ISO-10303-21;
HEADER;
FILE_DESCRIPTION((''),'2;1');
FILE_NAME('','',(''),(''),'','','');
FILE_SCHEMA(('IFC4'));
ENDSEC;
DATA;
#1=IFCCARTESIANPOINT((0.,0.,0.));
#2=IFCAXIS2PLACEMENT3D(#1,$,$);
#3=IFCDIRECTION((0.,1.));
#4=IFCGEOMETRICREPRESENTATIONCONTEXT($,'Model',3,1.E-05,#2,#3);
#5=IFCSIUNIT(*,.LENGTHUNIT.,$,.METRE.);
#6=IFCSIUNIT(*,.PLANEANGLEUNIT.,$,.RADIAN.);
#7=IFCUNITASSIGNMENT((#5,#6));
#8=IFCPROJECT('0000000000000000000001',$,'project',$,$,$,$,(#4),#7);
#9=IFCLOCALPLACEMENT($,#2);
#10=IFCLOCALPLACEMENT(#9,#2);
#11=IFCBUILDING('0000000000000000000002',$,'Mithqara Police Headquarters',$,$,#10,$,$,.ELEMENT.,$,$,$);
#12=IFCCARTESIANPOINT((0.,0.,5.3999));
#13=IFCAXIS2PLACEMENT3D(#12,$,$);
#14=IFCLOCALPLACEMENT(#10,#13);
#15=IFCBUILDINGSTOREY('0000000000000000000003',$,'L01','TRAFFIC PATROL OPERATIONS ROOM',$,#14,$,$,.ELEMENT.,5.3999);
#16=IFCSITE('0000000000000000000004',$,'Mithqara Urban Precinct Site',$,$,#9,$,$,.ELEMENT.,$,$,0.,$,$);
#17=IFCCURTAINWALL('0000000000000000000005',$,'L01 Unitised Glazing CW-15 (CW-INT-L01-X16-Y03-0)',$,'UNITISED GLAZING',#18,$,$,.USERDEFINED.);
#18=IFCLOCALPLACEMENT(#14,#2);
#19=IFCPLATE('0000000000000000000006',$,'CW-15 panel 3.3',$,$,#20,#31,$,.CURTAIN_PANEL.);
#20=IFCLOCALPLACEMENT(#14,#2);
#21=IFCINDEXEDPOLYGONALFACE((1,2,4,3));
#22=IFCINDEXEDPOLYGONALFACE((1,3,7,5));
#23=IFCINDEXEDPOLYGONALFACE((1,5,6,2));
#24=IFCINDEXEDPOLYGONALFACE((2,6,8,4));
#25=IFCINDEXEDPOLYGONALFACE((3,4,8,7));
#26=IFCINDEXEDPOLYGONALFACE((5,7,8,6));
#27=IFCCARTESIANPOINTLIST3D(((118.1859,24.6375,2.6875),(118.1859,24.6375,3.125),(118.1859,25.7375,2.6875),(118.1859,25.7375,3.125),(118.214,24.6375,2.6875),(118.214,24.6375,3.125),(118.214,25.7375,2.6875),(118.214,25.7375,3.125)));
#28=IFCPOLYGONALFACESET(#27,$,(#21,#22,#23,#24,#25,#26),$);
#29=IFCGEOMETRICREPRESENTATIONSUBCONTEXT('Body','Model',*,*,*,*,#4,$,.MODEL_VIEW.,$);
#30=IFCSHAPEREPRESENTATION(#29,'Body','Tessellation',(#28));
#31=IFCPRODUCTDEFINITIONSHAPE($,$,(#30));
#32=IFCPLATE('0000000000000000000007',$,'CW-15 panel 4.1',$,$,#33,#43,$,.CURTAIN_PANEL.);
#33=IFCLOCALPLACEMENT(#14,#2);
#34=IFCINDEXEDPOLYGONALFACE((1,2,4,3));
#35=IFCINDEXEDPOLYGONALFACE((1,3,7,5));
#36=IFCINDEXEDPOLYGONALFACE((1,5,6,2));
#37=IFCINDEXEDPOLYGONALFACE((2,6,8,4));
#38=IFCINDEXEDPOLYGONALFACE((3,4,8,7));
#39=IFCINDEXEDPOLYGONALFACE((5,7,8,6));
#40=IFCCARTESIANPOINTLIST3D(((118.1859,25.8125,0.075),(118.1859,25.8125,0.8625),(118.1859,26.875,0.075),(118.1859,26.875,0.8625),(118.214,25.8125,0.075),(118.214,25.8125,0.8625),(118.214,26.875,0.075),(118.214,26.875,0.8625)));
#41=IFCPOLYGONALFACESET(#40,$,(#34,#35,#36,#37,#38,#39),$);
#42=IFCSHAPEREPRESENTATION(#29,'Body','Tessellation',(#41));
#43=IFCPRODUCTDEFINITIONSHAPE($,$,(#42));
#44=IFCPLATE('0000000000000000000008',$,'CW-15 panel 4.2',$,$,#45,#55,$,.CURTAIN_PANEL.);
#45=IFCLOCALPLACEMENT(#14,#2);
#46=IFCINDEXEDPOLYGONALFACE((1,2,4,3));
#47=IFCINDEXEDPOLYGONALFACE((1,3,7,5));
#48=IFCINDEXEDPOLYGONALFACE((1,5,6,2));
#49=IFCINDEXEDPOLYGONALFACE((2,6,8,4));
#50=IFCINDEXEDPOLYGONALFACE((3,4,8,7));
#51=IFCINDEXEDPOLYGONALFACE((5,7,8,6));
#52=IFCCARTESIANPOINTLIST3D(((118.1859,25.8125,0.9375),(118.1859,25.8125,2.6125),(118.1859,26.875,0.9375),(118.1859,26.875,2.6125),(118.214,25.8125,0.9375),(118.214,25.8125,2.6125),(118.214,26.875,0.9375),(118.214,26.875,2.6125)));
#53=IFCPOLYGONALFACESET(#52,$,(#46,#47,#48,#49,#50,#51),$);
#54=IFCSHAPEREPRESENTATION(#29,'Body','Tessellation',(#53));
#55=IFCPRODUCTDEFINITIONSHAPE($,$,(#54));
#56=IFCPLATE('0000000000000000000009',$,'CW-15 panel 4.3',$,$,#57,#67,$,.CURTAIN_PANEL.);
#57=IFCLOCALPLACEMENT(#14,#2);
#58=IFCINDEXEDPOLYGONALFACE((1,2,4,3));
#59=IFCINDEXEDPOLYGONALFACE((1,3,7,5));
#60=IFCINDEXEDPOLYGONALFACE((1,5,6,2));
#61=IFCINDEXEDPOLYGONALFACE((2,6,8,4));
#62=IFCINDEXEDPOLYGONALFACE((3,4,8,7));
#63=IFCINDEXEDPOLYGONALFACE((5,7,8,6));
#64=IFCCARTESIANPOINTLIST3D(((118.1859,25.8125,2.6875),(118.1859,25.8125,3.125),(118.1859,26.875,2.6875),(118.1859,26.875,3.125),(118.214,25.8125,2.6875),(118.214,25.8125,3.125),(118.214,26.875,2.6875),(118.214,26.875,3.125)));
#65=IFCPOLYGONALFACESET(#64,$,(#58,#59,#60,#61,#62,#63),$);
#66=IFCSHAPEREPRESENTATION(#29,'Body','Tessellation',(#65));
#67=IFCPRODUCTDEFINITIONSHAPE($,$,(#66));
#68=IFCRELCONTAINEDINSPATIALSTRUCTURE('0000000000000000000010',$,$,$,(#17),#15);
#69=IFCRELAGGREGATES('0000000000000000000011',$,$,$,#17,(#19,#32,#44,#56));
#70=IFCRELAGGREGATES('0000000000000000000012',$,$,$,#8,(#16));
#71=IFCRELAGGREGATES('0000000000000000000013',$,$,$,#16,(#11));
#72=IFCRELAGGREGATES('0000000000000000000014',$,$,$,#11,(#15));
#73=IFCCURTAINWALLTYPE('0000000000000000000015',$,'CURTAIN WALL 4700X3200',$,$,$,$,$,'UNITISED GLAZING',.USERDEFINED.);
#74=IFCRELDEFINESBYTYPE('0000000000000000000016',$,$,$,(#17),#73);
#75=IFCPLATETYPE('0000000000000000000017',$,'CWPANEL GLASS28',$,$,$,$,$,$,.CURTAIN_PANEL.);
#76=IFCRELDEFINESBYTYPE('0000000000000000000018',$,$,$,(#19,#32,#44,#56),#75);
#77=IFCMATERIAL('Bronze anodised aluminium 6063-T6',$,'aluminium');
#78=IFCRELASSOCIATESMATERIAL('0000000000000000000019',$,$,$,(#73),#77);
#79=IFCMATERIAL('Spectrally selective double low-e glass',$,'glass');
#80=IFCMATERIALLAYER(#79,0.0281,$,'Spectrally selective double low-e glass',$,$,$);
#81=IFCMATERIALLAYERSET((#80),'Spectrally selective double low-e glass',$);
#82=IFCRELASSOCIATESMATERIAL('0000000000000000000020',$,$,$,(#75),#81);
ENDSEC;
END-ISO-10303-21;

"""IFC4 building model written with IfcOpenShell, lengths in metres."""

from ifc_helpers import new_model, si_unit, direction, frame, origin, origin_2d, place, context, subcontext, project, spatial, rectangle, extrude, material, layer, layer_set, type_object, element, aggregate, save


model = new_model("IFC4")

# Units and contexts
model_context = context("Model", 3, precision=1e-05, world=origin(), true_north=direction((0.0, 1.0)))
body_context = subcontext(model_context, "Body", "Model", "MODEL_VIEW")
ifc_project = project(units=[si_unit("LENGTHUNIT", "METRE"), si_unit("PLANEANGLEUNIT", "RADIAN")], contexts=[model_context])

# Site, building, storey
site_placement = place(None, origin())
site = spatial("IfcSite", under=ifc_project, at=site_placement, Name="Mithqara Urban Precinct Site", CompositionType="ELEMENT", RefElevation=0.0)
building_placement = place(site_placement, origin())
building = spatial("IfcBuilding", under=site, at=building_placement, Name="Mithqara Police Headquarters", CompositionType="ELEMENT")
storey_placement = place(building_placement, frame((0.0, 0.0, 5.3999)))
storey = spatial("IfcBuildingStorey", under=building, at=storey_placement, Name="L01", Description="TRAFFIC PATROL OPERATIONS ROOM", CompositionType="ELEMENT", Elevation=5.3999)

# Curtain wall
ifc_material_1 = material(Name="Bronze anodised aluminium 6063-T6", Category="aluminium")
curtain_wall_type = type_object("IfcCurtainWallType", Name="CURTAIN WALL 4700X3200", ElementType="UNITISED GLAZING", PredefinedType="USERDEFINED", material=ifc_material_1)
curtain_wall_placement = place(storey_placement, origin())
curtain_wall = element("IfcCurtainWall", 1, at=curtain_wall_placement, inside=storey, type_object=curtain_wall_type, Name="L01 Unitised Glazing CW-15 (CW-INT-L01-X16-Y03-0)", ObjectType="UNITISED GLAZING", PredefinedType="USERDEFINED")

# Plates
ifc_material_2 = material(Name="Spectrally selective double low-e glass", Category="glass")
ifc_layer = layer(ifc_material_2, 0.0281, Name="Spectrally selective double low-e glass")
ifc_layer_set = layer_set([ifc_layer], Name="Spectrally selective double low-e glass")
plate_type = type_object("IfcPlateType", Name="CWPANEL GLASS28", PredefinedType="CURTAIN_PANEL", material=ifc_layer_set)
plate_1_placement = place(storey_placement, frame((118.2, 25.1875, 2.6875), z_axis=(0.0, 0.0, 1.0), x_axis=(0.0, 1.0, 0.0)))
plate_1 = element("IfcPlate", 2, at=plate_1_placement, type_object=plate_type, Name="CW-15 panel 3.3", PredefinedType="CURTAIN_PANEL", context=body_context, shape_type="SweptSolid", body=[
    extrude(rectangle(XDim=1.1001, YDim=0.0281, at=origin_2d()), origin(), (0.0, 0.0, 1.0), 0.4375),
])
plate_2_placement = place(storey_placement, frame((118.2, 26.3438, 0.075), z_axis=(0.0, 0.0, 1.0), x_axis=(0.0, 1.0, 0.0)))
plate_2 = element("IfcPlate", 3, at=plate_2_placement, type_object=plate_type, Name="CW-15 panel 4.1", PredefinedType="CURTAIN_PANEL", context=body_context, shape_type="SweptSolid", body=[
    extrude(rectangle(XDim=1.0625, YDim=0.0281, at=origin_2d()), origin(), (0.0, 0.0, 1.0), 0.7876),
])
plate_3_placement = place(storey_placement, frame((118.2, 26.3438, 0.9375), z_axis=(0.0, 0.0, 1.0), x_axis=(0.0, 1.0, 0.0)))
plate_3 = element("IfcPlate", 4, at=plate_3_placement, type_object=plate_type, Name="CW-15 panel 4.2", PredefinedType="CURTAIN_PANEL", context=body_context, shape_type="SweptSolid", body=[
    extrude(rectangle(XDim=1.0625, YDim=0.0281, at=origin_2d()), origin(), (0.0, 0.0, 1.0), 1.675),
])
plate_4_placement = place(storey_placement, frame((118.2, 26.3438, 2.6875), z_axis=(0.0, 0.0, 1.0), x_axis=(0.0, 1.0, 0.0)))
plate_4 = element("IfcPlate", 5, at=plate_4_placement, type_object=plate_type, Name="CW-15 panel 4.3", PredefinedType="CURTAIN_PANEL", context=body_context, shape_type="SweptSolid", body=[
    extrude(rectangle(XDim=1.0625, YDim=0.0281, at=origin_2d()), origin(), (0.0, 0.0, 1.0), 0.4375),
])
aggregate(curtain_wall, [plate_1, plate_2, plate_3, plate_4])

save(model, "model.ifc")
